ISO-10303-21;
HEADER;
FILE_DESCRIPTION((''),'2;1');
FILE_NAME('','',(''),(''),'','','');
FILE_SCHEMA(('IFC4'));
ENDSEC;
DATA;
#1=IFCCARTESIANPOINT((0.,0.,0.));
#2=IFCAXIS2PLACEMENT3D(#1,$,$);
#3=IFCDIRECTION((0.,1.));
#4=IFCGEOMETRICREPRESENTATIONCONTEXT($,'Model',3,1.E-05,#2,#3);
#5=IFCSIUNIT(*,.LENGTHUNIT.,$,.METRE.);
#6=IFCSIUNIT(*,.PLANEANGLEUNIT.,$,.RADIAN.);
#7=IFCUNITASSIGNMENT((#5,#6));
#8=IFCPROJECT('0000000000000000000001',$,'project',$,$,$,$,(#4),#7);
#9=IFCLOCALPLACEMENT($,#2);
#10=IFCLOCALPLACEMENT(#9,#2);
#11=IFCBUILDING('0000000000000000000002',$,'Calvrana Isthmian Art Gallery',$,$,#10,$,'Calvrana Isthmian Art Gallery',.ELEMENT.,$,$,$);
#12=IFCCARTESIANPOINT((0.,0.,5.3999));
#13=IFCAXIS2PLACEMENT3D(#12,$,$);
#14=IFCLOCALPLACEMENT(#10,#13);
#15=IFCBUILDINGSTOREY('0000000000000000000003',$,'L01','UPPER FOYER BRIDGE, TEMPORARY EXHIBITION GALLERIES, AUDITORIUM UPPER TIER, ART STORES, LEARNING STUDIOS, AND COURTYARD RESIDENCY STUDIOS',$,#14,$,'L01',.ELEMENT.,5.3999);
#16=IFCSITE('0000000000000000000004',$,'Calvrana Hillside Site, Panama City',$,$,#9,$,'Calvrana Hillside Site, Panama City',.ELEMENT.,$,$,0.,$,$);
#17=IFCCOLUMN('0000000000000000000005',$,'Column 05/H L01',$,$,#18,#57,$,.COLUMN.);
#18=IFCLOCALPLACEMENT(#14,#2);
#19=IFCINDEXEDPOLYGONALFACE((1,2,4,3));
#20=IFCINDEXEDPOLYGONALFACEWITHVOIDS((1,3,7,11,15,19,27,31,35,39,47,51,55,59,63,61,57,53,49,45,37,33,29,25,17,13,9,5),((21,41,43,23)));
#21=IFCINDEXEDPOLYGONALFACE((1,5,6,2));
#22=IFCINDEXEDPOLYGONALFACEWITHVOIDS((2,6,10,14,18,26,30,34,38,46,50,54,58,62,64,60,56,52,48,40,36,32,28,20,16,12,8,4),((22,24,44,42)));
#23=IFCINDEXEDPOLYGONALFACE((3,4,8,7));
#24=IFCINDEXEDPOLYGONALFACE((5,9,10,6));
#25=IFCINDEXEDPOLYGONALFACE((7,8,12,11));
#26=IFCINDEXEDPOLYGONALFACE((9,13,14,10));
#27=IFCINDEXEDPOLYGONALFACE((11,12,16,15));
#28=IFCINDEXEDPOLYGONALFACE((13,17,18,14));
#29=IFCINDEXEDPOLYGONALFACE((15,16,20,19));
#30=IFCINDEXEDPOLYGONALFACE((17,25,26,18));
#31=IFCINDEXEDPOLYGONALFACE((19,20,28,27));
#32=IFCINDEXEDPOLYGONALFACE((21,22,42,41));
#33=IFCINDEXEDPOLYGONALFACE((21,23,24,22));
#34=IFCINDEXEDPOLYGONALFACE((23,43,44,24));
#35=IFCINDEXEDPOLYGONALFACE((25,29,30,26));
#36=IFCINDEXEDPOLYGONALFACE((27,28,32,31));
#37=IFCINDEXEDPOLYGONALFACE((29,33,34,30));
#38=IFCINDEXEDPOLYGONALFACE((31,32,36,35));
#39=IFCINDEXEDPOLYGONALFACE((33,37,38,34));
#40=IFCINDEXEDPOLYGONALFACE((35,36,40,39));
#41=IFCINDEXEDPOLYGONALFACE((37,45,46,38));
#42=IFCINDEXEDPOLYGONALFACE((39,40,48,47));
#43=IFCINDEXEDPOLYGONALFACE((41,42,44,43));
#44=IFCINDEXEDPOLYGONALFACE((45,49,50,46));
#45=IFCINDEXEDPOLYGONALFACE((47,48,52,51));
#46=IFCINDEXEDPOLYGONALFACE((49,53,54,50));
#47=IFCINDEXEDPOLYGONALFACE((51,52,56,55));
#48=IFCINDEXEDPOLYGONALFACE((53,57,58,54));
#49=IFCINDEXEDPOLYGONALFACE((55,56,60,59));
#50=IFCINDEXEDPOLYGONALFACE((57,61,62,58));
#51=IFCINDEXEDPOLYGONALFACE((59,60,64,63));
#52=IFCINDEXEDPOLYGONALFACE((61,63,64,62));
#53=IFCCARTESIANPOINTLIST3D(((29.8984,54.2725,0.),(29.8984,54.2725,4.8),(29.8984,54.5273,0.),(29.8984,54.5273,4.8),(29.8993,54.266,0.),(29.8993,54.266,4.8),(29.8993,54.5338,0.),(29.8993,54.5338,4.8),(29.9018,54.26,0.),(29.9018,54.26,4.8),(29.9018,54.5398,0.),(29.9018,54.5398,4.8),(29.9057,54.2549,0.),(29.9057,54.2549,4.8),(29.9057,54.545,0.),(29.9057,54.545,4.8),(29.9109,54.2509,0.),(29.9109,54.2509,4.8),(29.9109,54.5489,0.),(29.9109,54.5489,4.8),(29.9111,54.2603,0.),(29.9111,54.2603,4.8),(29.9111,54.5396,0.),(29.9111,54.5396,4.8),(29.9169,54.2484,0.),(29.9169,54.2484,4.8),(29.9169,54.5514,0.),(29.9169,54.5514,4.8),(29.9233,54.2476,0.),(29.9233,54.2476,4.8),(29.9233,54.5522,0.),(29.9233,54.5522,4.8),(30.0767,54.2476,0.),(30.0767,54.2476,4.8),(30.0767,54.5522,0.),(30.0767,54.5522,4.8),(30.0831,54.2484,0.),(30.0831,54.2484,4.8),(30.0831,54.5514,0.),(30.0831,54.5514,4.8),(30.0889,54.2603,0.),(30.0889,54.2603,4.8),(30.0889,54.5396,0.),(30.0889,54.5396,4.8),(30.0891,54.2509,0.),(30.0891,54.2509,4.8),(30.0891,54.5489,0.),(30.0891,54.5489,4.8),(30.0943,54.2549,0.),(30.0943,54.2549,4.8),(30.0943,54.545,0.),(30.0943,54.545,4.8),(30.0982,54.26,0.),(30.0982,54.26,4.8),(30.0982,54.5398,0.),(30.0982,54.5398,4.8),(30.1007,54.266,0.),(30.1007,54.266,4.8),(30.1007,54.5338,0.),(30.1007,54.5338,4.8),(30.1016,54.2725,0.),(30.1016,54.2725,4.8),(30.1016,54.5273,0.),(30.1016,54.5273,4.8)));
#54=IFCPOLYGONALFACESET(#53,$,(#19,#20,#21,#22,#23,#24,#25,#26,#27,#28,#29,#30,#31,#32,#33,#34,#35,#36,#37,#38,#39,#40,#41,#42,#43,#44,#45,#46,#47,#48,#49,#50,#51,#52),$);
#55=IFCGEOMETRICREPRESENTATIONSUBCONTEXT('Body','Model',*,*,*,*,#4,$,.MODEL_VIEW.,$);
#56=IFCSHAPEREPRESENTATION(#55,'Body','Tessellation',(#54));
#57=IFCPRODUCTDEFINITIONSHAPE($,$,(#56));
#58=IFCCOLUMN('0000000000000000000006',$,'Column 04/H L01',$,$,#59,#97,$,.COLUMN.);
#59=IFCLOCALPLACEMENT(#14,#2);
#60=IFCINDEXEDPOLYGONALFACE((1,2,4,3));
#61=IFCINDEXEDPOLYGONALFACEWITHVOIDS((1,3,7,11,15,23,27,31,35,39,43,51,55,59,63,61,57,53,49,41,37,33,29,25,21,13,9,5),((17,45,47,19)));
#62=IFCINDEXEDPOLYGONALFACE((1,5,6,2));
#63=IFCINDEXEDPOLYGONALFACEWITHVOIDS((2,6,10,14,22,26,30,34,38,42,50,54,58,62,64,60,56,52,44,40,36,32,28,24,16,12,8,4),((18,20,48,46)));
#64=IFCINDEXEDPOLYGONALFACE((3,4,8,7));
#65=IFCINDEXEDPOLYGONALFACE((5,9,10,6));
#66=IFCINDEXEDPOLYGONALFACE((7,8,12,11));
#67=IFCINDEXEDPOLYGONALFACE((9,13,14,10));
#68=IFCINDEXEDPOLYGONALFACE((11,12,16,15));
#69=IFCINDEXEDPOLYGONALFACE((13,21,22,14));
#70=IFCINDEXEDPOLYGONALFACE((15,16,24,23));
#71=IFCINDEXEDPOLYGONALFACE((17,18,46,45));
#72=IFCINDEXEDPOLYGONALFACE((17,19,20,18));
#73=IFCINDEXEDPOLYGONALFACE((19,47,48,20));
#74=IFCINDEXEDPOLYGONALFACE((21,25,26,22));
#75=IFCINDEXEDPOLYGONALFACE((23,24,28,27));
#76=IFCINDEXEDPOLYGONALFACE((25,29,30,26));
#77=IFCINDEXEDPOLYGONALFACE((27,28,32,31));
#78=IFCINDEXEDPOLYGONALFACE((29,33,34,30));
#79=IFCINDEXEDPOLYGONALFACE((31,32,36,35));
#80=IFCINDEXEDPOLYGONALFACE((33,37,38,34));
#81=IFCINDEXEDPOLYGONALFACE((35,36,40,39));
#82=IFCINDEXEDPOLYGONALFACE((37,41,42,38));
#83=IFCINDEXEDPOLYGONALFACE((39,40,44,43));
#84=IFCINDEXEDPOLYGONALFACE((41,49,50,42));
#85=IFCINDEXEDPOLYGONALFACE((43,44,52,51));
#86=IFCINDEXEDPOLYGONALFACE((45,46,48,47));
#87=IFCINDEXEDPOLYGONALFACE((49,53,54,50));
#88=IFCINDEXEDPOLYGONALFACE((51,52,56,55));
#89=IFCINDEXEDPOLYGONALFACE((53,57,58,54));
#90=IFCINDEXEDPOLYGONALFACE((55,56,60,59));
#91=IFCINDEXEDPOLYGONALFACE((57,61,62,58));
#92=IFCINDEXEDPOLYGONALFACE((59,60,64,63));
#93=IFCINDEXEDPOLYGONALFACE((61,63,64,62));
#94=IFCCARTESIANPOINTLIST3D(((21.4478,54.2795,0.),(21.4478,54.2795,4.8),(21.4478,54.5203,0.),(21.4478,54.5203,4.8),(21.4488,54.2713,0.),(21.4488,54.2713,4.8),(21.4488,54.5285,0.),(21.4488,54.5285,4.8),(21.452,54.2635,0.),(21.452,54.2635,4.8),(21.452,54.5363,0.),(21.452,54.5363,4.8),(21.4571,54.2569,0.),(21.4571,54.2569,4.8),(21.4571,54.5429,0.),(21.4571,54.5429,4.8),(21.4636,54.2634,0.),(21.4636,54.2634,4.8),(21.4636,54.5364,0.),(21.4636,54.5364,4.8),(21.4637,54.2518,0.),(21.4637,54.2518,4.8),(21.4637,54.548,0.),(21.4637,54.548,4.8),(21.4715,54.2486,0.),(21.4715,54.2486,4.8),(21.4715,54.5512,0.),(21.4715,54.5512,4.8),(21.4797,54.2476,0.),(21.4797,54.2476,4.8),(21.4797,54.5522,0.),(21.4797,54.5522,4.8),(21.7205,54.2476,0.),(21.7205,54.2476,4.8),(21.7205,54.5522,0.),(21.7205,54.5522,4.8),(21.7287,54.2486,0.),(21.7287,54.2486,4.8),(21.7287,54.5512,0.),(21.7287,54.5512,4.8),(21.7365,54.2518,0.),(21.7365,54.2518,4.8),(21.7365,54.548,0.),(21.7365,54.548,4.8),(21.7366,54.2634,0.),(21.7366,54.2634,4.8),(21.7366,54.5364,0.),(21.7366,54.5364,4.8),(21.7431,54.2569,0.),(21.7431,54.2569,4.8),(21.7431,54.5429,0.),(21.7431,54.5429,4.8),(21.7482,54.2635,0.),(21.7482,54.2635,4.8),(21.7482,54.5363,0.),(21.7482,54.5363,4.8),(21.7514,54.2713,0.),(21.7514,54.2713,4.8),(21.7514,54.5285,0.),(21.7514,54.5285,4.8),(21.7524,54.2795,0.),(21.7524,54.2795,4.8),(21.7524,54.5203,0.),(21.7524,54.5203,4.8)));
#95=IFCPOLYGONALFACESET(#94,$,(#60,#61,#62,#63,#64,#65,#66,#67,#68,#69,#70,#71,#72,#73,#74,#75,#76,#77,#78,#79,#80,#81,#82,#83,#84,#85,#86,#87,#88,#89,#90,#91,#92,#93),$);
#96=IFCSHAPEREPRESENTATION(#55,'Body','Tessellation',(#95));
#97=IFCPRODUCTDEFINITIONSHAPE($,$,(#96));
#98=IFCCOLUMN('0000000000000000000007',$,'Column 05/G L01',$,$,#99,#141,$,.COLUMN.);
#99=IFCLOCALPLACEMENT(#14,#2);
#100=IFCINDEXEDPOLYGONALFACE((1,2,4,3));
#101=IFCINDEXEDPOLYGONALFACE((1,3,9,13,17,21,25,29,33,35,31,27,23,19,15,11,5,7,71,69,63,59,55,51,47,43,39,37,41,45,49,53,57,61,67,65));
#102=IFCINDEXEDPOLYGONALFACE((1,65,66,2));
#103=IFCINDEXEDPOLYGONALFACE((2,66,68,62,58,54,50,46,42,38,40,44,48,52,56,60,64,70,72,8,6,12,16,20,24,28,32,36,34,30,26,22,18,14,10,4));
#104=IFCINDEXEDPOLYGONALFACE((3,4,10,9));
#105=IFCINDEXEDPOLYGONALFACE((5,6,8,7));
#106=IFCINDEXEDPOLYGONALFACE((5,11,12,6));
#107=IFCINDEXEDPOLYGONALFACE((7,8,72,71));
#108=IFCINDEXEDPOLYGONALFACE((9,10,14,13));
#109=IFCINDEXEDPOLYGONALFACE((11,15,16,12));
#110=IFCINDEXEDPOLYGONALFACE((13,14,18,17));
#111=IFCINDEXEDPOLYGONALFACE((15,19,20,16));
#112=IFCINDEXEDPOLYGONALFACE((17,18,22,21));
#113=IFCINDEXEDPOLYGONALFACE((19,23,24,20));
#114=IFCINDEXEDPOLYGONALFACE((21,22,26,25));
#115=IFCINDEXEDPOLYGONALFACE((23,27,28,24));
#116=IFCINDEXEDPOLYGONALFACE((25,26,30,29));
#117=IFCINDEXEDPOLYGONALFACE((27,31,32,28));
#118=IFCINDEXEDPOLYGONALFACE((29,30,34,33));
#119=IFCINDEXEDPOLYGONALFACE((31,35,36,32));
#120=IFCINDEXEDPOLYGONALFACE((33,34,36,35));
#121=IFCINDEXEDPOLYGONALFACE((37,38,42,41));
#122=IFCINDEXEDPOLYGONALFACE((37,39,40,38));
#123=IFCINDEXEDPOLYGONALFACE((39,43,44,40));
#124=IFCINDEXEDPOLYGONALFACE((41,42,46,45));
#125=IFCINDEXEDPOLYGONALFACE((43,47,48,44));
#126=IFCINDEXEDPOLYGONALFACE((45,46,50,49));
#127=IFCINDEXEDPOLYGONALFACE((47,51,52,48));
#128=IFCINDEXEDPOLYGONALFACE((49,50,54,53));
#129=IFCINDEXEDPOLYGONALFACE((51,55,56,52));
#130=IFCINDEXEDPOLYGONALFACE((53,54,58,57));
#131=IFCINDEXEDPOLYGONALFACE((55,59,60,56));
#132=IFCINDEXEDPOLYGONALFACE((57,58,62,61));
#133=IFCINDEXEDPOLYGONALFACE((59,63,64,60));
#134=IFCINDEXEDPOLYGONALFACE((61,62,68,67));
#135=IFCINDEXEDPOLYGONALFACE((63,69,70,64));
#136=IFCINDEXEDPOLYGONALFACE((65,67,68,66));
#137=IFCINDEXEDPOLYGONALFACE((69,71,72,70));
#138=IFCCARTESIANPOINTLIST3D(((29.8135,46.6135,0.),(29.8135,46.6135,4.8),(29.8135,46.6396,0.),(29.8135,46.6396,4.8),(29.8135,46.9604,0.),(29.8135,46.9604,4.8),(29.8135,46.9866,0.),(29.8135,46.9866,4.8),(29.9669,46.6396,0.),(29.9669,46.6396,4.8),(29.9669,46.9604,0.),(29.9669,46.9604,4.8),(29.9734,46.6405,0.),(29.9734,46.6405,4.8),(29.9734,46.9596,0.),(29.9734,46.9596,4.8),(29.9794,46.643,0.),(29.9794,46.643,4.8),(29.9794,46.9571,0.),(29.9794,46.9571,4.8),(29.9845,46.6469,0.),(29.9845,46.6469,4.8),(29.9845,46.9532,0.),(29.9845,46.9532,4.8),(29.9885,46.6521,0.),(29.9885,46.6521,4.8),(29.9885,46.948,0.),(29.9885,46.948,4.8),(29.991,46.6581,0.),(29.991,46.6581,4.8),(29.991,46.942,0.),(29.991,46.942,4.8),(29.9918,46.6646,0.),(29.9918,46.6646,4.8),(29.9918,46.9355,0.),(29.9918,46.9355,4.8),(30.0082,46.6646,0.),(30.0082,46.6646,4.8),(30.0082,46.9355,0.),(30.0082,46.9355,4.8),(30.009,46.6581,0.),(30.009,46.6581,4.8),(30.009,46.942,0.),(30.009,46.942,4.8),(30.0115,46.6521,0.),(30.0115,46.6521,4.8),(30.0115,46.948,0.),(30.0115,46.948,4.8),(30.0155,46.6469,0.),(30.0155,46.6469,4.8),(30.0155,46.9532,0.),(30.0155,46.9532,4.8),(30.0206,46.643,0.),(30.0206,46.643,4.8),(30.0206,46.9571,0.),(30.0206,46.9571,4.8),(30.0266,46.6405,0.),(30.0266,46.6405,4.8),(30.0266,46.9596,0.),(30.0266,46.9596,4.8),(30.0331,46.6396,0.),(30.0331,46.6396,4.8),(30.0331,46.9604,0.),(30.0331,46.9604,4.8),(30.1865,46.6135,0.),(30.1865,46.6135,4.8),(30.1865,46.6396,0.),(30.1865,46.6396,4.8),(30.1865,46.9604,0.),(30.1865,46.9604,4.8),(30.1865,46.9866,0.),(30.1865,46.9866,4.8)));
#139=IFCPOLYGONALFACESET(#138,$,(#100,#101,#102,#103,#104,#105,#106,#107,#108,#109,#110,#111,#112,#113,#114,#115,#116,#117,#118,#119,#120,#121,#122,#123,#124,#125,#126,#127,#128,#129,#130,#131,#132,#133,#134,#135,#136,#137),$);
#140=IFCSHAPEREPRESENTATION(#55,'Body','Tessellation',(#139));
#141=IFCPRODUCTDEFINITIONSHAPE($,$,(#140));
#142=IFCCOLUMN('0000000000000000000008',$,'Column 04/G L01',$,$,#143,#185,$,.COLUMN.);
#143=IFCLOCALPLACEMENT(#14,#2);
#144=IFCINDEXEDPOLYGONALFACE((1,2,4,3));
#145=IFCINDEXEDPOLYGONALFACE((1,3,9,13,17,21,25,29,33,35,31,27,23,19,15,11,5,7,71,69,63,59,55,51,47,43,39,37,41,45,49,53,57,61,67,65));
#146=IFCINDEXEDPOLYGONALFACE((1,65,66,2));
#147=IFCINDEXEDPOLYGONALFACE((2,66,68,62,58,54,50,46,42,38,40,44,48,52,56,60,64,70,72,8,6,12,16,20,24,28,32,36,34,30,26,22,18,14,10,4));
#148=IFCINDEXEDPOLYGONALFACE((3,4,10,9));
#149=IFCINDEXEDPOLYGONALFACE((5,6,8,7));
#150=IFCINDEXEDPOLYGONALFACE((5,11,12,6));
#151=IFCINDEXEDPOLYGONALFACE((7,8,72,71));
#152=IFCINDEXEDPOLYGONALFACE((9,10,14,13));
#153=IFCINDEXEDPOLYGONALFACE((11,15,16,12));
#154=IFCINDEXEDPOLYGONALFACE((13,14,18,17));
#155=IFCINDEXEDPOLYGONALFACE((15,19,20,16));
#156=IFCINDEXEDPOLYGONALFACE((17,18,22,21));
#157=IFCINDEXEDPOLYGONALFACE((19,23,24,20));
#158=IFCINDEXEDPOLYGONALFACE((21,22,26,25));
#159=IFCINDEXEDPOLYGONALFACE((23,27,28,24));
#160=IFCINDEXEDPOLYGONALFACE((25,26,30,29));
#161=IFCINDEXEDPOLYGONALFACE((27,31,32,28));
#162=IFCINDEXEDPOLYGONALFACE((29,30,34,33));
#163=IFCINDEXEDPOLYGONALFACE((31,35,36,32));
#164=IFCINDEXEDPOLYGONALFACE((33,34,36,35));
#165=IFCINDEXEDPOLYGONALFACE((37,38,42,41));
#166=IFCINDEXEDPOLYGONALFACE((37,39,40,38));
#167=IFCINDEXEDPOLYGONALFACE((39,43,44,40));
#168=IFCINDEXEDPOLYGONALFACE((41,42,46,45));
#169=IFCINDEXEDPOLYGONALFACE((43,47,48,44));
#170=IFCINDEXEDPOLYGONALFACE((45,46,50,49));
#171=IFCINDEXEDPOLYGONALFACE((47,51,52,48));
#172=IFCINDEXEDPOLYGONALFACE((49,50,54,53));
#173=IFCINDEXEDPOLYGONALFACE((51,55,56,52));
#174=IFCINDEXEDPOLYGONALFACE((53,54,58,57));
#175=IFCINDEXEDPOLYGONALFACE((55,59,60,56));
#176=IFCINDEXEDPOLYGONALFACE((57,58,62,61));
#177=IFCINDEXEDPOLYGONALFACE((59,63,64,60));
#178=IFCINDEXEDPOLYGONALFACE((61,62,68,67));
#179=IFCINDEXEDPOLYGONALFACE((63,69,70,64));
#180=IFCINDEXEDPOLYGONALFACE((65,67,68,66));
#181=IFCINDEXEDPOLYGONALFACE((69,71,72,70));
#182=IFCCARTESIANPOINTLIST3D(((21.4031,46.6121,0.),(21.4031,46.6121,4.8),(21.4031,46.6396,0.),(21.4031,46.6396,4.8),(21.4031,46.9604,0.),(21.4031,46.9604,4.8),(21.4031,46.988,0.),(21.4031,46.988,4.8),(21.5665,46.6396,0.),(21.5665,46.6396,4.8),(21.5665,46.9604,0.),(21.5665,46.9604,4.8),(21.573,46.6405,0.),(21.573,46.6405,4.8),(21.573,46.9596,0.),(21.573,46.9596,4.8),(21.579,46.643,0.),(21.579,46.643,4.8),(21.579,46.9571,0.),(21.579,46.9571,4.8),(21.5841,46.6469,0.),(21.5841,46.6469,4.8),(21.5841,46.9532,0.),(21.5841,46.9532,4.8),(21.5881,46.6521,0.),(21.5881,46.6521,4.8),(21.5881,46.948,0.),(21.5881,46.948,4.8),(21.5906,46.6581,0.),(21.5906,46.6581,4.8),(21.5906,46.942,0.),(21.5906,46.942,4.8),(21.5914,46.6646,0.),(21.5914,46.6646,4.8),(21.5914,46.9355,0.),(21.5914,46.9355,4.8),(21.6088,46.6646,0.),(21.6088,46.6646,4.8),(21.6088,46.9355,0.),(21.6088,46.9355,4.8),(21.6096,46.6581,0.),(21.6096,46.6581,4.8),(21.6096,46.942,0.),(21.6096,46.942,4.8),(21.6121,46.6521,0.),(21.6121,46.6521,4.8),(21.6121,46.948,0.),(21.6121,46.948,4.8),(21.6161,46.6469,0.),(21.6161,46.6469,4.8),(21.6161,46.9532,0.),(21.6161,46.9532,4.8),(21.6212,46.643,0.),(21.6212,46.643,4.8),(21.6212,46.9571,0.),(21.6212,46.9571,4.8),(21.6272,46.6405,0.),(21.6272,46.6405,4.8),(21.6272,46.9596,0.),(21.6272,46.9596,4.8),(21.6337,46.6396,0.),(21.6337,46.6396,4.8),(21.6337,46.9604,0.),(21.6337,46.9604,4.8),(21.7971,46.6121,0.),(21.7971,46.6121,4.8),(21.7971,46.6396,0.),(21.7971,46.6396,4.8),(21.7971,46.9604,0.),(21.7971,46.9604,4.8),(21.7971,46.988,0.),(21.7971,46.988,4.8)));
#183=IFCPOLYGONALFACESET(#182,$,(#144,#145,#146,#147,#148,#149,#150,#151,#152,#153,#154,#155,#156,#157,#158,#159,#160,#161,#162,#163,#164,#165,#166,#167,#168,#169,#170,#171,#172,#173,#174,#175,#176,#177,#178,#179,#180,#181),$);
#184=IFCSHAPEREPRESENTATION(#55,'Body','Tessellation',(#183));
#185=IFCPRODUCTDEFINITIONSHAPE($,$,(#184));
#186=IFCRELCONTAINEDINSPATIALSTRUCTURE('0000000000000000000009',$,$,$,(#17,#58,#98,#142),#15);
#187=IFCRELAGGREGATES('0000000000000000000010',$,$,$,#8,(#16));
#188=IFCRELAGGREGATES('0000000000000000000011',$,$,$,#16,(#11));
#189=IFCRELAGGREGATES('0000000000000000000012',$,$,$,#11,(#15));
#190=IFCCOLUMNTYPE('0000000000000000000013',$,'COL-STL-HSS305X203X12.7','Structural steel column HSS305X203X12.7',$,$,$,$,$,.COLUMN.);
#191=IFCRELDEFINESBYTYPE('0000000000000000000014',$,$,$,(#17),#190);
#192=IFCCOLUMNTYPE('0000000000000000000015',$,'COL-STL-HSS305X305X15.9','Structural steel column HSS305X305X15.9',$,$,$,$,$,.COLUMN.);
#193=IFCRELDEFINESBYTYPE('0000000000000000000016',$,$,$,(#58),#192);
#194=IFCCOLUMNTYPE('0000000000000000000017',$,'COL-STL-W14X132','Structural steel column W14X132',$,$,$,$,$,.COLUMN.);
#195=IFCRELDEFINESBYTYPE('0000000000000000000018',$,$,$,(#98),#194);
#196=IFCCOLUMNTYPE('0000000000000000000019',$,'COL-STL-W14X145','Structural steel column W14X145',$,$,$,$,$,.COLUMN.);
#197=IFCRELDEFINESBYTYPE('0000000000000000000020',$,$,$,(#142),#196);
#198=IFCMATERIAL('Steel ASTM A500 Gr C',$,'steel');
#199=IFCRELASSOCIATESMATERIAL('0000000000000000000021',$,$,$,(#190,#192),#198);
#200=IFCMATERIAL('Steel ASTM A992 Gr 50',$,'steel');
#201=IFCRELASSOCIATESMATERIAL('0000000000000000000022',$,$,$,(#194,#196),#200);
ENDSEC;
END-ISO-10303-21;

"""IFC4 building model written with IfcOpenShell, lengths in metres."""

from ifc_helpers import new_model, si_unit, direction, frame, origin, origin_2d, place, context, subcontext, project, spatial, hollow_rectangle, i_section, extrude, material, material_profile, profile_set, type_object, element, save


model = new_model("IFC4")

# Units and contexts
model_context = context("Model", 3, precision=1e-05, world=origin(), true_north=direction((0.0, 1.0)))
body_context = subcontext(model_context, "Body", "Model", "MODEL_VIEW")
ifc_project = project(units=[si_unit("LENGTHUNIT", "METRE"), si_unit("PLANEANGLEUNIT", "RADIAN")], contexts=[model_context])

# Site, building, storey
site_placement = place(None, origin())
site = spatial("IfcSite", under=ifc_project, at=site_placement, Name="Calvrana Hillside Site, Panama City", LongName="Calvrana Hillside Site, Panama City", CompositionType="ELEMENT", RefElevation=0.0)
building_placement = place(site_placement, origin())
building = spatial("IfcBuilding", under=site, at=building_placement, Name="Calvrana Isthmian Art Gallery", LongName="Calvrana Isthmian Art Gallery", CompositionType="ELEMENT")
storey_placement = place(building_placement, frame((0.0, 0.0, 5.3999)))
storey = spatial("IfcBuildingStorey", under=building, at=storey_placement, Name="L01", Description="UPPER FOYER BRIDGE, TEMPORARY EXHIBITION GALLERIES, AUDITORIUM UPPER TIER, ART STORES, LEARNING STUDIOS, AND COURTYARD RESIDENCY STUDIOS", LongName="L01", CompositionType="ELEMENT", Elevation=5.3999)

# Columns
ifc_material_1 = material(Name="Steel ASTM A500 Gr C", Category="steel")
ifc_material_profile_1 = material_profile(ifc_material_1, hollow_rectangle(XDim=0.2031, YDim=0.3047, WallThickness=0.0127, OuterFilletRadius=0.0249, at=origin_2d()), Name="HSS305X203X12.7")
ifc_profile_set_1 = profile_set([ifc_material_profile_1], Name="Steel ASTM A500 Gr C")
column_type_1 = type_object("IfcColumnType", Name="COL-STL-HSS305X203X12.7", Description="Structural steel column HSS305X203X12.7", PredefinedType="COLUMN", material=ifc_profile_set_1)
column_1_placement = place(storey_placement, frame((30.0, 54.3999, 0.0), z_axis=(0.0, 0.0, 1.0), x_axis=(1.0, 0.0, 0.0)))
element("IfcColumn", 1, at=column_1_placement, inside=storey, type_object=column_type_1, Name="Column 05/H L01", PredefinedType="COLUMN", context=body_context, shape_type="SweptSolid", body=[
    extrude(hollow_rectangle(XDim=0.2031, YDim=0.3047, WallThickness=0.0127, OuterFilletRadius=0.0249, at=origin_2d()), origin(), (0.0, 0.0, 1.0), 4.8),
])
ifc_material_profile_2 = material_profile(ifc_material_1, hollow_rectangle(XDim=0.3047, YDim=0.3047, WallThickness=0.0159, OuterFilletRadius=0.032, at=origin_2d()), Name="HSS305X305X15.9")
ifc_profile_set_2 = profile_set([ifc_material_profile_2], Name="Steel ASTM A500 Gr C")
column_type_2 = type_object("IfcColumnType", Name="COL-STL-HSS305X305X15.9", Description="Structural steel column HSS305X305X15.9", PredefinedType="COLUMN", material=ifc_profile_set_2)
column_2_placement = place(storey_placement, frame((21.6001, 54.3999, 0.0), z_axis=(0.0, 0.0, 1.0), x_axis=(1.0, 0.0, 0.0)))
element("IfcColumn", 2, at=column_2_placement, inside=storey, type_object=column_type_2, Name="Column 04/H L01", PredefinedType="COLUMN", context=body_context, shape_type="SweptSolid", body=[
    extrude(hollow_rectangle(XDim=0.3047, YDim=0.3047, WallThickness=0.0159, OuterFilletRadius=0.032, at=origin_2d()), origin(), (0.0, 0.0, 1.0), 4.8),
])
ifc_material_2 = material(Name="Steel ASTM A992 Gr 50", Category="steel")
ifc_material_profile_3 = material_profile(ifc_material_2, i_section(OverallWidth=0.373, OverallDepth=0.373, WebThickness=0.0164, FlangeThickness=0.0261, FilletRadius=0.0249, at=origin_2d()), Name="W14X132")
ifc_profile_set_3 = profile_set([ifc_material_profile_3], Name="Steel ASTM A992 Gr 50")
column_type_3 = type_object("IfcColumnType", Name="COL-STL-W14X132", Description="Structural steel column W14X132", PredefinedType="COLUMN", material=ifc_profile_set_3)
column_3_placement = place(storey_placement, frame((30.0, 46.8, 0.0), z_axis=(0.0, 0.0, 1.0), x_axis=(1.0, 0.0, 0.0)))
element("IfcColumn", 3, at=column_3_placement, inside=storey, type_object=column_type_3, Name="Column 05/G L01", PredefinedType="COLUMN", context=body_context, shape_type="SweptSolid", body=[
    extrude(i_section(OverallWidth=0.373, OverallDepth=0.373, WebThickness=0.0164, FlangeThickness=0.0261, FilletRadius=0.0249, at=origin_2d()), origin(), (0.0, 0.0, 1.0), 4.8),
])
ifc_material_profile_4 = material_profile(ifc_material_2, i_section(OverallWidth=0.394, OverallDepth=0.376, WebThickness=0.0173, FlangeThickness=0.0276, FilletRadius=0.0249, at=origin_2d()), Name="W14X145")
ifc_profile_set_4 = profile_set([ifc_material_profile_4], Name="Steel ASTM A992 Gr 50")
column_type_4 = type_object("IfcColumnType", Name="COL-STL-W14X145", Description="Structural steel column W14X145", PredefinedType="COLUMN", material=ifc_profile_set_4)
column_4_placement = place(storey_placement, frame((21.6001, 46.8, 0.0), z_axis=(0.0, 0.0, 1.0), x_axis=(1.0, 0.0, 0.0)))
element("IfcColumn", 4, at=column_4_placement, inside=storey, type_object=column_type_4, Name="Column 04/G L01", PredefinedType="COLUMN", context=body_context, shape_type="SweptSolid", body=[
    extrude(i_section(OverallWidth=0.394, OverallDepth=0.376, WebThickness=0.0173, FlangeThickness=0.0276, FilletRadius=0.0249, at=origin_2d()), origin(), (0.0, 0.0, 1.0), 4.8),
])

save(model, "model.ifc")
